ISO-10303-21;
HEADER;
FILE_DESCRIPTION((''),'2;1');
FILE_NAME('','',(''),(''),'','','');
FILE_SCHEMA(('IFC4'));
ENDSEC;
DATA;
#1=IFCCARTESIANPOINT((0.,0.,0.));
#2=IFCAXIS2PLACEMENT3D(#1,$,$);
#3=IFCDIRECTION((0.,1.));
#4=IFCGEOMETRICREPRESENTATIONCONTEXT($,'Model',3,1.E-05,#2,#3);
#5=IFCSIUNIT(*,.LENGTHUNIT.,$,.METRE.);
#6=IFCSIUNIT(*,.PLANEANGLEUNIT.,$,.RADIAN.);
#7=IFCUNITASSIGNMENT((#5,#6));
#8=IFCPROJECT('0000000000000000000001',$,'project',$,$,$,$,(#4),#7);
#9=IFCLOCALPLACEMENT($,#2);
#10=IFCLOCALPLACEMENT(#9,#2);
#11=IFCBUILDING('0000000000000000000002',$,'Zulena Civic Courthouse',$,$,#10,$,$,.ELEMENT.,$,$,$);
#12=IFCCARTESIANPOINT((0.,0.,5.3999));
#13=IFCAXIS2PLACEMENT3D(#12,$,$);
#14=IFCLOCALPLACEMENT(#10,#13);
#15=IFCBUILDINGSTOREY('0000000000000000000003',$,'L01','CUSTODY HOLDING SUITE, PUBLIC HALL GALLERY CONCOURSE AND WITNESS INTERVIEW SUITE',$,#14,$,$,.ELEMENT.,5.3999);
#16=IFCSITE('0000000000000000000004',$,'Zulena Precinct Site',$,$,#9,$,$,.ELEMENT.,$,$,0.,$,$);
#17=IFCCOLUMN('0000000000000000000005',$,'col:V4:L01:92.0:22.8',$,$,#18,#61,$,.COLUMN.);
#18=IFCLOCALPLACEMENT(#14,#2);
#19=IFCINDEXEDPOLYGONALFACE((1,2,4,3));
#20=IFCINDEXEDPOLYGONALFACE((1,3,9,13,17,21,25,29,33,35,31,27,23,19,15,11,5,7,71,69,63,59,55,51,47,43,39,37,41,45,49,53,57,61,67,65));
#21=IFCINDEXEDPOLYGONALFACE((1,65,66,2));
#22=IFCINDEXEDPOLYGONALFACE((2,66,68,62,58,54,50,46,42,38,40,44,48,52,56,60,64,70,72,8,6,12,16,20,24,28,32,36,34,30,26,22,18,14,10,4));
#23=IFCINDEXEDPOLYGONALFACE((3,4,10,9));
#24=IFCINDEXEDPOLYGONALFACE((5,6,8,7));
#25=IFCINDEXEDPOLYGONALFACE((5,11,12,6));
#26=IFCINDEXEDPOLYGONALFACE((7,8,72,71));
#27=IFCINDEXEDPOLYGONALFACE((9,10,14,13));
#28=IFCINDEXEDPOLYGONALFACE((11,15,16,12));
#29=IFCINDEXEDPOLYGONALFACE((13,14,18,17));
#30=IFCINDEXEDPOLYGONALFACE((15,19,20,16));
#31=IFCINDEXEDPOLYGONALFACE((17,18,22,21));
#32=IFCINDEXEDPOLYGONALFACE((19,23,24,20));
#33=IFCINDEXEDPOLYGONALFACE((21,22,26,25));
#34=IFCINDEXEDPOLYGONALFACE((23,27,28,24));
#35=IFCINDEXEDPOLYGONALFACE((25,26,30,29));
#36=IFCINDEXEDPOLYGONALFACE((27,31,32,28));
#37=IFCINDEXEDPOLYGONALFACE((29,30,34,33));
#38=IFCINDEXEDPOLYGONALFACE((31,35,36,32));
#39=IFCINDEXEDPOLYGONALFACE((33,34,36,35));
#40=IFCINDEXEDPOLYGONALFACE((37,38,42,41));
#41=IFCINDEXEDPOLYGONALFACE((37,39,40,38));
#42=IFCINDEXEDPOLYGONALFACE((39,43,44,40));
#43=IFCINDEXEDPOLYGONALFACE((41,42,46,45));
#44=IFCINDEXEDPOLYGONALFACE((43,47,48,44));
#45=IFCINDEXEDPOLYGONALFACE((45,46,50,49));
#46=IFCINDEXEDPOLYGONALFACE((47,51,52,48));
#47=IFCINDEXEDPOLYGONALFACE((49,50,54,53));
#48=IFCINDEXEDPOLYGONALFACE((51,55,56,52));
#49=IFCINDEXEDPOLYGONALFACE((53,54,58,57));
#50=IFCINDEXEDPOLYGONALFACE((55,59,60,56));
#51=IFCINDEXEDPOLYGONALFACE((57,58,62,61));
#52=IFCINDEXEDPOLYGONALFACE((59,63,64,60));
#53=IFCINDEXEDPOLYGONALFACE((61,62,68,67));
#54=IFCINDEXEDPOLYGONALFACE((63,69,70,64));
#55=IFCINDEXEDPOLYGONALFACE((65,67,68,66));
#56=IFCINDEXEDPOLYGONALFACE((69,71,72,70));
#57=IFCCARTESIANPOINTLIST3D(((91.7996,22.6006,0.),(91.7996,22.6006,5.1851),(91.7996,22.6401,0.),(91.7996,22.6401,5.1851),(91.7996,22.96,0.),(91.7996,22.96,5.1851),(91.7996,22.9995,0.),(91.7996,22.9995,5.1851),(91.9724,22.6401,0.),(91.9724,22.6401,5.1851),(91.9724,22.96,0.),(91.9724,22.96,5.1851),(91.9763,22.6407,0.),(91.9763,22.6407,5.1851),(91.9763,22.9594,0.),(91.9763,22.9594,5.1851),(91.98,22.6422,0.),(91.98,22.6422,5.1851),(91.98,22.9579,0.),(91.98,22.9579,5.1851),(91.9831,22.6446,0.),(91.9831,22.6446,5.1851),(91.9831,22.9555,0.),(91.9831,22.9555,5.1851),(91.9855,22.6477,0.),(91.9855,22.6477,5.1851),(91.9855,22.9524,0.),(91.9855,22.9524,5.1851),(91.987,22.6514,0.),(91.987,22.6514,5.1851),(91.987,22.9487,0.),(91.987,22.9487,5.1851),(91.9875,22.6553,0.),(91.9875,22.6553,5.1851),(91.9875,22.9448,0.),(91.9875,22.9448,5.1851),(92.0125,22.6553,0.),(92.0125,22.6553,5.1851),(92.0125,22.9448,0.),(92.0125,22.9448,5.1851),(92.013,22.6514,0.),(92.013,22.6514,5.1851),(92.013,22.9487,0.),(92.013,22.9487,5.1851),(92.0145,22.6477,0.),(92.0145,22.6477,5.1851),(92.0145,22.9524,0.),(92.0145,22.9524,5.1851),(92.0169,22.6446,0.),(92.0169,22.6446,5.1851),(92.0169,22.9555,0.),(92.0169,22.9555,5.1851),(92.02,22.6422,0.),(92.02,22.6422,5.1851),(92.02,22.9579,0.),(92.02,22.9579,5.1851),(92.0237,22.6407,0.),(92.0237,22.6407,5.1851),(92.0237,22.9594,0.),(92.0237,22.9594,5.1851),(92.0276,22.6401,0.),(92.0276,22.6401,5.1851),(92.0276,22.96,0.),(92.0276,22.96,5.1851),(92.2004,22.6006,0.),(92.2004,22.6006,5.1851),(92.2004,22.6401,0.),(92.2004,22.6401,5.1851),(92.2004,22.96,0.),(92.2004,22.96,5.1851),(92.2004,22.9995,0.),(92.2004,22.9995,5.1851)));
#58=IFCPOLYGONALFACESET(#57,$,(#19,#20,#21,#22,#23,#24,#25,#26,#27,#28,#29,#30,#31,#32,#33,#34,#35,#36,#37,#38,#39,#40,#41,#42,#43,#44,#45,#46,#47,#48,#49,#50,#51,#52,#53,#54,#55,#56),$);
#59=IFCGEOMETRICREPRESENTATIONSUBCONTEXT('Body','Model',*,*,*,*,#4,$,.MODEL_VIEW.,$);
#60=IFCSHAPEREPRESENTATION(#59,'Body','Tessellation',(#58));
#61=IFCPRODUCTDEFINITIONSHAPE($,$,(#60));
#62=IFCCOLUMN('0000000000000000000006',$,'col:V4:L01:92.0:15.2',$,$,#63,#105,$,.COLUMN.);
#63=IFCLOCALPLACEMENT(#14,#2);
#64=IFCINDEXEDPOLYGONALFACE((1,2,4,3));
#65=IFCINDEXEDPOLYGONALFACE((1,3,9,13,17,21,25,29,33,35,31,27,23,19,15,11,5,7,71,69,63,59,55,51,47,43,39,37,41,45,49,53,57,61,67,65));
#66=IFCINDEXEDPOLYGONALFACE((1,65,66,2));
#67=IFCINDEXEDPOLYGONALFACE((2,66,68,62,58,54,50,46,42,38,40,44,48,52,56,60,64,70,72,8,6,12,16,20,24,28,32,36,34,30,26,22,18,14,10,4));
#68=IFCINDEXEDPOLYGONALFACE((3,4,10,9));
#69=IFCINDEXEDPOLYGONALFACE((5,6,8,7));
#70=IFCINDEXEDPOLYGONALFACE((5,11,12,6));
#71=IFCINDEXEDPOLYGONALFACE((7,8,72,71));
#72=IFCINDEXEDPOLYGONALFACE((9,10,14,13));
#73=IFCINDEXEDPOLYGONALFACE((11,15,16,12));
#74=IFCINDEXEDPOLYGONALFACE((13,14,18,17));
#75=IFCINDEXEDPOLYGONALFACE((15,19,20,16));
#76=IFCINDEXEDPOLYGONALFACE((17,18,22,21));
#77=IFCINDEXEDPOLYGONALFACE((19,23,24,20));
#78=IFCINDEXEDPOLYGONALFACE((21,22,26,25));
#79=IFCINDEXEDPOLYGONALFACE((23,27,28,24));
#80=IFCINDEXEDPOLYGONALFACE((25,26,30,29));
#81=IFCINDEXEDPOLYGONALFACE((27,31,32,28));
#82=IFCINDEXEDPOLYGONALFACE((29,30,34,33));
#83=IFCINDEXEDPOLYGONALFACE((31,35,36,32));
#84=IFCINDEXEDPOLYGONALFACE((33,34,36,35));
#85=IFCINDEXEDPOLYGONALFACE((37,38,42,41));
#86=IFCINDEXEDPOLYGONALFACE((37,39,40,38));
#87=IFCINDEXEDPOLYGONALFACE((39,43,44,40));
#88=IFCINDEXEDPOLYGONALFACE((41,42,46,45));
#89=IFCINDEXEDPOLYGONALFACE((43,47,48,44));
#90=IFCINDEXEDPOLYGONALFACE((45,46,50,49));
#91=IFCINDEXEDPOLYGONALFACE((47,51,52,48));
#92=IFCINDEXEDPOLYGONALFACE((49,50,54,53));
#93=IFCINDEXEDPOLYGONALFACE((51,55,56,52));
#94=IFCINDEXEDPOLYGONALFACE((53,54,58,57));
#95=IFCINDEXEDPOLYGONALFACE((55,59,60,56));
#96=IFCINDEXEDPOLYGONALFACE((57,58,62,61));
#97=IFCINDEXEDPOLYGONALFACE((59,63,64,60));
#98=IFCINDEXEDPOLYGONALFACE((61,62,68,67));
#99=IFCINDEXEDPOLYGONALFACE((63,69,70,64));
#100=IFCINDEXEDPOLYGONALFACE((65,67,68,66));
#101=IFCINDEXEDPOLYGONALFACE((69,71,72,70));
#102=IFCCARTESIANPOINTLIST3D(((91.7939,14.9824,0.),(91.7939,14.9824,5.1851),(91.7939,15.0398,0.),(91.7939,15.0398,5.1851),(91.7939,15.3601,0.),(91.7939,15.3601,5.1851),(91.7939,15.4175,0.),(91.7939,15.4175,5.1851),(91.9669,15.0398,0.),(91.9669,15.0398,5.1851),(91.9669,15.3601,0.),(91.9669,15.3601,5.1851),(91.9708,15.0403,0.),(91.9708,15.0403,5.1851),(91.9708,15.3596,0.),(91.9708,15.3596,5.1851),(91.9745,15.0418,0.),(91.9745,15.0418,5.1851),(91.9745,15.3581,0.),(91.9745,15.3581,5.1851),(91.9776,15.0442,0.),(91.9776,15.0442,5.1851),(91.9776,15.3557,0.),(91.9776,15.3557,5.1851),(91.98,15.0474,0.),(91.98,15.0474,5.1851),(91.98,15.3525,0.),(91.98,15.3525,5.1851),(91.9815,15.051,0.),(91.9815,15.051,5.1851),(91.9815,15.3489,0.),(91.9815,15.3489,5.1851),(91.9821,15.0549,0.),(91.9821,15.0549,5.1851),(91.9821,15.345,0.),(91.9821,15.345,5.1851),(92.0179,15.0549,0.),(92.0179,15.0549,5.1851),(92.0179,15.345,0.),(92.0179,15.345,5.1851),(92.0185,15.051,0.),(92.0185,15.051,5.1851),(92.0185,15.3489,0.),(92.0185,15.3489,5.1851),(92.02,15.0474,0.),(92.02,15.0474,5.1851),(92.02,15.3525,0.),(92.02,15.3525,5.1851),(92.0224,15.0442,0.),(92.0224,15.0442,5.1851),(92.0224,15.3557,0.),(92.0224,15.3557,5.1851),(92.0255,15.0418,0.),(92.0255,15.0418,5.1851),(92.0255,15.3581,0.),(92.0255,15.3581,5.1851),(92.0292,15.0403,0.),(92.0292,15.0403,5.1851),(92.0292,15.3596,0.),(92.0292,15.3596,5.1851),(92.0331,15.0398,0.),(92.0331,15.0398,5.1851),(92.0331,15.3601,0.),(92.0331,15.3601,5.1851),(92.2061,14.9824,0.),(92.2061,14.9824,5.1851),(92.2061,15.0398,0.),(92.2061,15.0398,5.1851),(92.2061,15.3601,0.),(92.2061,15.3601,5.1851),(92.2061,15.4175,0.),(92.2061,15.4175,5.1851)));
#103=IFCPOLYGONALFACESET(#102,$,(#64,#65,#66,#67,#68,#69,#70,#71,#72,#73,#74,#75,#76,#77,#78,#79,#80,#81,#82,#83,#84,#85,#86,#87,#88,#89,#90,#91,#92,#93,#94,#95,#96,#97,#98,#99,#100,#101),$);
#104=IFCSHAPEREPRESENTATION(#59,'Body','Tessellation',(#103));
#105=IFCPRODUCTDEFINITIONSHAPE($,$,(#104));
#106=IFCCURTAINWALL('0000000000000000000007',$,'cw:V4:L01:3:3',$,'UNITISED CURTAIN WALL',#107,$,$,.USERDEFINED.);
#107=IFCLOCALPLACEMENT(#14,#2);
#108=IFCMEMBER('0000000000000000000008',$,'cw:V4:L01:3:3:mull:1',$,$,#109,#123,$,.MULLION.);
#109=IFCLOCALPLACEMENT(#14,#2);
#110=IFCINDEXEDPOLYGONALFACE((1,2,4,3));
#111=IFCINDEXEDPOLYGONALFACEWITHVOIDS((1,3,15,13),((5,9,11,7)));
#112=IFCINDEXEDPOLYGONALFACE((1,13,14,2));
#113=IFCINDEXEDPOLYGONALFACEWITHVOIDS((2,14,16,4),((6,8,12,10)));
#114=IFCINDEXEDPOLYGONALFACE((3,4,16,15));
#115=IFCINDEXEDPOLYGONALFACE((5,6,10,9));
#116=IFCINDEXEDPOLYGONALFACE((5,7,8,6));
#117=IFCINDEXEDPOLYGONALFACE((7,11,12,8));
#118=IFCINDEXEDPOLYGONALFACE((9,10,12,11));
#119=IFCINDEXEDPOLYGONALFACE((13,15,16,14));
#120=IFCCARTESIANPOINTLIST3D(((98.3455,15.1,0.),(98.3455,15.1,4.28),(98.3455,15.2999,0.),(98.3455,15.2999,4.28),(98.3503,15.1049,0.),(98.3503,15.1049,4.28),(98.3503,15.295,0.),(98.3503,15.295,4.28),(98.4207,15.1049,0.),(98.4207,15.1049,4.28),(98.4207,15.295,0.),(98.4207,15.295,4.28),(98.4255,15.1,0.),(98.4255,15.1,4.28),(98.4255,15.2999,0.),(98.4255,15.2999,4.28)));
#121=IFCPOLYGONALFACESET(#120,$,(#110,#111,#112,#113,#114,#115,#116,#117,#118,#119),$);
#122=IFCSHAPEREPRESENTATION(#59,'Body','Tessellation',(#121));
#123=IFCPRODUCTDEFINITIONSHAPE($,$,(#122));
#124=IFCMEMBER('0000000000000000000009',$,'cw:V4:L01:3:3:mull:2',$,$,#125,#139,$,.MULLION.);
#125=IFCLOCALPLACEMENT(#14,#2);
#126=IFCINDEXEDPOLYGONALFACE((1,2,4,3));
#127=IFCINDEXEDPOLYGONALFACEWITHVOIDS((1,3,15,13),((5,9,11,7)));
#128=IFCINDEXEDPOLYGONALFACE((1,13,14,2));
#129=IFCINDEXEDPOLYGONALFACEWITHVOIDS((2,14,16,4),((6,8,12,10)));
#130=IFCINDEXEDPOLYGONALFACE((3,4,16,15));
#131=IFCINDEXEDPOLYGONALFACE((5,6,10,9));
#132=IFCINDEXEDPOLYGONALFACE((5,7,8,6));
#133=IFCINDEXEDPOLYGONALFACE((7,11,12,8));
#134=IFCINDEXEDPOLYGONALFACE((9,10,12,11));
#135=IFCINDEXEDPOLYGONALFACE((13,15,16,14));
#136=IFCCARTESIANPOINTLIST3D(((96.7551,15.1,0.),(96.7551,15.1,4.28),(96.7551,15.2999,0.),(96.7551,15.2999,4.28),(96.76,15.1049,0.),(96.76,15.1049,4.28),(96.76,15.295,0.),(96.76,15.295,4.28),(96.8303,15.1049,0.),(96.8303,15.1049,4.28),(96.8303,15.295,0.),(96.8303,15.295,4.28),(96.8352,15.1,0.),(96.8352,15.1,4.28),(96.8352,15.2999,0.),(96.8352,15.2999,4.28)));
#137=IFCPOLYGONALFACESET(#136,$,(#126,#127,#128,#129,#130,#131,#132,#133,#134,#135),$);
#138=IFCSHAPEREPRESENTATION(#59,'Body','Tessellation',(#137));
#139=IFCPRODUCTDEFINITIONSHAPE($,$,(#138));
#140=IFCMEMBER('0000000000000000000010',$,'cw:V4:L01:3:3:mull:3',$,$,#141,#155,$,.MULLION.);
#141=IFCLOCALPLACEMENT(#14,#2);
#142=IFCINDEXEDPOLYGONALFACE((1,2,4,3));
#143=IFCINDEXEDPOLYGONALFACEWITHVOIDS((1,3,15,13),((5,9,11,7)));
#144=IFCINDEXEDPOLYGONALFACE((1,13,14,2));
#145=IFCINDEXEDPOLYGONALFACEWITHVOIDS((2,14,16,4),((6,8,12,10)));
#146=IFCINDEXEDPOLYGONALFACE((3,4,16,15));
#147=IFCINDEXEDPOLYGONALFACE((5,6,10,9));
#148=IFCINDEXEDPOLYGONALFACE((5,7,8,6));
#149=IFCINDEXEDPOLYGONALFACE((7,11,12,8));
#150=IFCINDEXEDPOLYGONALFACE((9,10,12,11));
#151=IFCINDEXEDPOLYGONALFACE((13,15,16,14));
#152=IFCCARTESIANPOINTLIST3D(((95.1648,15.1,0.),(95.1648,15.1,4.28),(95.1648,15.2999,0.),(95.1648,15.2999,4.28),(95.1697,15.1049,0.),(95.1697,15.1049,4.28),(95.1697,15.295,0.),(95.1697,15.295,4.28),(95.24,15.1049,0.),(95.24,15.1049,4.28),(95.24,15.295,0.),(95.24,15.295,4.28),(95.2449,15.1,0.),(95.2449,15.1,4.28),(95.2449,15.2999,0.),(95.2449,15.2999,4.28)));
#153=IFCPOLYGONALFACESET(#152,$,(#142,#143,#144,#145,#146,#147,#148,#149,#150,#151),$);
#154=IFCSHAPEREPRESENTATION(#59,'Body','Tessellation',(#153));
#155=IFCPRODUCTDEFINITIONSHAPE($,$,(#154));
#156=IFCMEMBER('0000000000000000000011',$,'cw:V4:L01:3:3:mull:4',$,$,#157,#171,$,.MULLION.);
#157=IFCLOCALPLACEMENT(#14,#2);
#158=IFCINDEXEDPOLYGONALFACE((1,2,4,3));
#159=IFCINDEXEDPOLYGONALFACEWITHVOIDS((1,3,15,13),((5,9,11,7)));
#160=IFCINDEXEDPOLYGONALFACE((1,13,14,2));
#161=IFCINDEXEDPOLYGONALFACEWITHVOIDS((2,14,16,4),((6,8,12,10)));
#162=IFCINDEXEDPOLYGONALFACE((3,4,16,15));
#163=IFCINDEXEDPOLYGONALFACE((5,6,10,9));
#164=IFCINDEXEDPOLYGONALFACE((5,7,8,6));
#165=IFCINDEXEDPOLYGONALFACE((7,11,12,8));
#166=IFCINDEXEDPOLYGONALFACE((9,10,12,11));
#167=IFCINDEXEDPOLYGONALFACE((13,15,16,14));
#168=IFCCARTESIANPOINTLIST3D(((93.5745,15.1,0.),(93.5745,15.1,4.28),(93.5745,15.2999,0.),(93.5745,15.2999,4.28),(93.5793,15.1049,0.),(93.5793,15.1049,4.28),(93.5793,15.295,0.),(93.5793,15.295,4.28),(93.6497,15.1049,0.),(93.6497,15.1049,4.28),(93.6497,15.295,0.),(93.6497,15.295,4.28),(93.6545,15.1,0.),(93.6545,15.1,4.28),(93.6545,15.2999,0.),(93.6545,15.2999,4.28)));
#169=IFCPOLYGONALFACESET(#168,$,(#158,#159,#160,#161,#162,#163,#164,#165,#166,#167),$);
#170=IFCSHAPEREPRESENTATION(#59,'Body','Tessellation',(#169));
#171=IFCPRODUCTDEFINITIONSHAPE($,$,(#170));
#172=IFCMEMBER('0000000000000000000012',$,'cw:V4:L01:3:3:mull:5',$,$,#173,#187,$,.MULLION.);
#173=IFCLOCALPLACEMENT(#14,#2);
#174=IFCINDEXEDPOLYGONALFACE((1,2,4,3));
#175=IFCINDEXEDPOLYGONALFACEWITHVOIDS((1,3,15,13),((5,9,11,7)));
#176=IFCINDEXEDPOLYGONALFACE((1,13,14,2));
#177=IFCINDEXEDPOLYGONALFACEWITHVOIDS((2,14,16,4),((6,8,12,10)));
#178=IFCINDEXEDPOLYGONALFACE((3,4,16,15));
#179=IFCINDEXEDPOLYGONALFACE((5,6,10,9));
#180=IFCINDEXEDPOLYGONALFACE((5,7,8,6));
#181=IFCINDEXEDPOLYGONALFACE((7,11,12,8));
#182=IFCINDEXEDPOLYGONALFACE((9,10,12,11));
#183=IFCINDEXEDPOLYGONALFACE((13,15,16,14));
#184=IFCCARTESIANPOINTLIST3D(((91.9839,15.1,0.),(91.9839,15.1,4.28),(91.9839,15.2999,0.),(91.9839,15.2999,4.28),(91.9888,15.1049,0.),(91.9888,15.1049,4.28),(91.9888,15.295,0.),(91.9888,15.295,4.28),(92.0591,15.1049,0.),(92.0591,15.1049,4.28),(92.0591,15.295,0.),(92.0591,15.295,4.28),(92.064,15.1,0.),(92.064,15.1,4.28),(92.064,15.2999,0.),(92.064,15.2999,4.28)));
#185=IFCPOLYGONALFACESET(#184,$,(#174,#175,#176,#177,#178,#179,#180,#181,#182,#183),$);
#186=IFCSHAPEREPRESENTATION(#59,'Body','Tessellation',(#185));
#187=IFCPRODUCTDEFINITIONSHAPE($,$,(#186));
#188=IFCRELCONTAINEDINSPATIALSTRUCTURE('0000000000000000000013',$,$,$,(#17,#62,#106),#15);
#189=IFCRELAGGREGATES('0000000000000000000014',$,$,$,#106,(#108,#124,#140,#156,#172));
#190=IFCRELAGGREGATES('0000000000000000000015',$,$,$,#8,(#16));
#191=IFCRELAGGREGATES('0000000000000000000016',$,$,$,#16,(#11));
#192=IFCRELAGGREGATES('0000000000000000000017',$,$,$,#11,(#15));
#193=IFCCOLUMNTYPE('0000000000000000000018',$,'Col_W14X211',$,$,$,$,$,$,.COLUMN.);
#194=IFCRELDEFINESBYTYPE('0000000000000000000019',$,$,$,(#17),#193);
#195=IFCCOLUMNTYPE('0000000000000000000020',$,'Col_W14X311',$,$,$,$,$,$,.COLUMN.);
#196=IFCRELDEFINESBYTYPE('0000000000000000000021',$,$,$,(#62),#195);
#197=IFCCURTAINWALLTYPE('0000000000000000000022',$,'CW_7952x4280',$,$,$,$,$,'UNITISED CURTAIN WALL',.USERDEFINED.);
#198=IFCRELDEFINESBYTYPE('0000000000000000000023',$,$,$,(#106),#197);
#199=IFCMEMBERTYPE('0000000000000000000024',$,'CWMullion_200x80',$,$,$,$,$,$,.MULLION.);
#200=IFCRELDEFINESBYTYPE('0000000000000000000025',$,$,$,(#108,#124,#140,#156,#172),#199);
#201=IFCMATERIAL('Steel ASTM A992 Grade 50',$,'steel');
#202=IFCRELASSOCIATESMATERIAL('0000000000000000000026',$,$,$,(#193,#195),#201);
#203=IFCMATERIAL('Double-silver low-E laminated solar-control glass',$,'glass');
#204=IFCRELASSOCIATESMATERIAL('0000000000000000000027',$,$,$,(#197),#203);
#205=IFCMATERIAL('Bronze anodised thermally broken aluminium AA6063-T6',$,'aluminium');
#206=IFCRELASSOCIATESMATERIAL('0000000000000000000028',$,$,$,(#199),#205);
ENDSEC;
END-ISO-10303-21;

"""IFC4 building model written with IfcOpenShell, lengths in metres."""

from ifc_helpers import new_model, si_unit, direction, frame, origin, origin_2d, place, context, subcontext, project, spatial, hollow_rectangle, i_section, extrude, material, material_profile, profile_set, type_object, element, aggregate, save


model = new_model("IFC4")

# Units and contexts
model_context = context("Model", 3, precision=1e-05, world=origin(), true_north=direction((0.0, 1.0)))
body_context = subcontext(model_context, "Body", "Model", "MODEL_VIEW")
ifc_project = project(units=[si_unit("LENGTHUNIT", "METRE"), si_unit("PLANEANGLEUNIT", "RADIAN")], contexts=[model_context])

# Site, building, storey
site_placement = place(None, origin())
site = spatial("IfcSite", under=ifc_project, at=site_placement, Name="Zulena Precinct Site", CompositionType="ELEMENT", RefElevation=0.0)
building_placement = place(site_placement, origin())
building = spatial("IfcBuilding", under=site, at=building_placement, Name="Zulena Civic Courthouse", CompositionType="ELEMENT")
storey_placement = place(building_placement, frame((0.0, 0.0, 5.3999)))
storey = spatial("IfcBuildingStorey", under=building, at=storey_placement, Name="L01", Description="CUSTODY HOLDING SUITE, PUBLIC HALL GALLERY CONCOURSE AND WITNESS INTERVIEW SUITE", CompositionType="ELEMENT", Elevation=5.3999)

# Columns
ifc_material_1 = material(Name="Steel ASTM A992 Grade 50", Category="steel")
ifc_material_profile_1 = material_profile(ifc_material_1, i_section(OverallWidth=0.4009, OverallDepth=0.3989, WebThickness=0.0249, FlangeThickness=0.0396, FilletRadius=0.0151, at=origin_2d()), Name="W14X211")
ifc_profile_set_1 = profile_set([ifc_material_profile_1], Name="Steel ASTM A992 Grade 50")
column_type_1 = type_object("IfcColumnType", Name="Col_W14X211", PredefinedType="COLUMN", material=ifc_profile_set_1)
column_1_placement = place(storey_placement, frame((92.0, 22.8, 0.0), z_axis=(0.0, 0.0, 1.0), x_axis=(1.0, 0.0, 0.0)))
element("IfcColumn", 1, at=column_1_placement, inside=storey, type_object=column_type_1, Name="col:V4:L01:92.0:22.8", PredefinedType="COLUMN", context=body_context, shape_type="SweptSolid", body=[
    extrude(i_section(OverallWidth=0.4009, OverallDepth=0.3989, WebThickness=0.0249, FlangeThickness=0.0396, FilletRadius=0.0151, at=origin_2d()), origin(), (0.0, 0.0, 1.0), 5.1851),
])
ifc_material_profile_2 = material_profile(ifc_material_1, i_section(OverallWidth=0.4121, OverallDepth=0.4351, WebThickness=0.0359, FlangeThickness=0.0574, FilletRadius=0.0151, at=origin_2d()), Name="W14X311")
ifc_profile_set_2 = profile_set([ifc_material_profile_2], Name="Steel ASTM A992 Grade 50")
column_type_2 = type_object("IfcColumnType", Name="Col_W14X311", PredefinedType="COLUMN", material=ifc_profile_set_2)
column_2_placement = place(storey_placement, frame((92.0, 15.2, 0.0), z_axis=(0.0, 0.0, 1.0), x_axis=(1.0, 0.0, 0.0)))
element("IfcColumn", 2, at=column_2_placement, inside=storey, type_object=column_type_2, Name="col:V4:L01:92.0:15.2", PredefinedType="COLUMN", context=body_context, shape_type="SweptSolid", body=[
    extrude(i_section(OverallWidth=0.4121, OverallDepth=0.4351, WebThickness=0.0359, FlangeThickness=0.0574, FilletRadius=0.0151, at=origin_2d()), origin(), (0.0, 0.0, 1.0), 5.1851),
])

# Curtain wall, members
ifc_material_2 = material(Name="Double-silver low-E laminated solar-control glass", Category="glass")
curtain_wall_type = type_object("IfcCurtainWallType", Name="CW_7952x4280", ElementType="UNITISED CURTAIN WALL", PredefinedType="USERDEFINED", material=ifc_material_2)
curtain_wall_1_placement = place(storey_placement, origin())
curtain_wall_1 = element("IfcCurtainWall", 3, at=curtain_wall_1_placement, inside=storey, type_object=curtain_wall_type, Name="cw:V4:L01:3:3", ObjectType="UNITISED CURTAIN WALL", PredefinedType="USERDEFINED")
ifc_material_3 = material(Name="Bronze anodised thermally broken aluminium AA6063-T6", Category="aluminium")
ifc_material_profile_3 = material_profile(ifc_material_3, hollow_rectangle(XDim=0.0801, YDim=0.2, WallThickness=0.0049, at=origin_2d()), Name="CWM200X80X5")
ifc_profile_set_3 = profile_set([ifc_material_profile_3], Name="Bronze anodised thermally broken aluminium AA6063-T6")
member_type_1 = type_object("IfcMemberType", Name="CWMullion_200x80", PredefinedType="MULLION", material=ifc_profile_set_3)
member_1_placement = place(storey_placement, frame((98.3855, 15.2, 0.0), z_axis=(0.0, 0.0, 1.0), x_axis=(1.0, 0.0, 0.0)))
member_1 = element("IfcMember", 4, at=member_1_placement, type_object=member_type_1, Name="cw:V4:L01:3:3:mull:1", PredefinedType="MULLION", context=body_context, shape_type="SweptSolid", body=[
    extrude(hollow_rectangle(XDim=0.0801, YDim=0.2, WallThickness=0.0049, at=origin_2d()), origin(), (0.0, 0.0, 1.0), 4.28),
])
member_2_placement = place(storey_placement, frame((96.7952, 15.2, 0.0), z_axis=(0.0, 0.0, 1.0), x_axis=(1.0, 0.0, 0.0)))
member_2 = element("IfcMember", 5, at=member_2_placement, type_object=member_type_1, Name="cw:V4:L01:3:3:mull:2", PredefinedType="MULLION", context=body_context, shape_type="SweptSolid", body=[
    extrude(hollow_rectangle(XDim=0.0801, YDim=0.2, WallThickness=0.0049, at=origin_2d()), origin(), (0.0, 0.0, 1.0), 4.28),
])
member_3_placement = place(storey_placement, frame((95.2048, 15.2, 0.0), z_axis=(0.0, 0.0, 1.0), x_axis=(1.0, 0.0, 0.0)))
member_3 = element("IfcMember", 6, at=member_3_placement, type_object=member_type_1, Name="cw:V4:L01:3:3:mull:3", PredefinedType="MULLION", context=body_context, shape_type="SweptSolid", body=[
    extrude(hollow_rectangle(XDim=0.0801, YDim=0.2, WallThickness=0.0049, at=origin_2d()), origin(), (0.0, 0.0, 1.0), 4.28),
])
member_4_placement = place(storey_placement, frame((93.6145, 15.2, 0.0), z_axis=(0.0, 0.0, 1.0), x_axis=(1.0, 0.0, 0.0)))
member_4 = element("IfcMember", 7, at=member_4_placement, type_object=member_type_1, Name="cw:V4:L01:3:3:mull:4", PredefinedType="MULLION", context=body_context, shape_type="SweptSolid", body=[
    extrude(hollow_rectangle(XDim=0.0801, YDim=0.2, WallThickness=0.0049, at=origin_2d()), origin(), (0.0, 0.0, 1.0), 4.28),
])
member_5_placement = place(storey_placement, frame((92.0239, 15.2, 0.0), z_axis=(0.0, 0.0, 1.0), x_axis=(1.0, 0.0, 0.0)))
member_5 = element("IfcMember", 8, at=member_5_placement, type_object=member_type_1, Name="cw:V4:L01:3:3:mull:5", PredefinedType="MULLION", context=body_context, shape_type="SweptSolid", body=[
    extrude(hollow_rectangle(XDim=0.0801, YDim=0.2, WallThickness=0.0049, at=origin_2d()), origin(), (0.0, 0.0, 1.0), 4.28),
])

aggregate(curtain_wall_1, [member_1, member_2, member_3, member_4, member_5])

save(model, "model.ifc")
